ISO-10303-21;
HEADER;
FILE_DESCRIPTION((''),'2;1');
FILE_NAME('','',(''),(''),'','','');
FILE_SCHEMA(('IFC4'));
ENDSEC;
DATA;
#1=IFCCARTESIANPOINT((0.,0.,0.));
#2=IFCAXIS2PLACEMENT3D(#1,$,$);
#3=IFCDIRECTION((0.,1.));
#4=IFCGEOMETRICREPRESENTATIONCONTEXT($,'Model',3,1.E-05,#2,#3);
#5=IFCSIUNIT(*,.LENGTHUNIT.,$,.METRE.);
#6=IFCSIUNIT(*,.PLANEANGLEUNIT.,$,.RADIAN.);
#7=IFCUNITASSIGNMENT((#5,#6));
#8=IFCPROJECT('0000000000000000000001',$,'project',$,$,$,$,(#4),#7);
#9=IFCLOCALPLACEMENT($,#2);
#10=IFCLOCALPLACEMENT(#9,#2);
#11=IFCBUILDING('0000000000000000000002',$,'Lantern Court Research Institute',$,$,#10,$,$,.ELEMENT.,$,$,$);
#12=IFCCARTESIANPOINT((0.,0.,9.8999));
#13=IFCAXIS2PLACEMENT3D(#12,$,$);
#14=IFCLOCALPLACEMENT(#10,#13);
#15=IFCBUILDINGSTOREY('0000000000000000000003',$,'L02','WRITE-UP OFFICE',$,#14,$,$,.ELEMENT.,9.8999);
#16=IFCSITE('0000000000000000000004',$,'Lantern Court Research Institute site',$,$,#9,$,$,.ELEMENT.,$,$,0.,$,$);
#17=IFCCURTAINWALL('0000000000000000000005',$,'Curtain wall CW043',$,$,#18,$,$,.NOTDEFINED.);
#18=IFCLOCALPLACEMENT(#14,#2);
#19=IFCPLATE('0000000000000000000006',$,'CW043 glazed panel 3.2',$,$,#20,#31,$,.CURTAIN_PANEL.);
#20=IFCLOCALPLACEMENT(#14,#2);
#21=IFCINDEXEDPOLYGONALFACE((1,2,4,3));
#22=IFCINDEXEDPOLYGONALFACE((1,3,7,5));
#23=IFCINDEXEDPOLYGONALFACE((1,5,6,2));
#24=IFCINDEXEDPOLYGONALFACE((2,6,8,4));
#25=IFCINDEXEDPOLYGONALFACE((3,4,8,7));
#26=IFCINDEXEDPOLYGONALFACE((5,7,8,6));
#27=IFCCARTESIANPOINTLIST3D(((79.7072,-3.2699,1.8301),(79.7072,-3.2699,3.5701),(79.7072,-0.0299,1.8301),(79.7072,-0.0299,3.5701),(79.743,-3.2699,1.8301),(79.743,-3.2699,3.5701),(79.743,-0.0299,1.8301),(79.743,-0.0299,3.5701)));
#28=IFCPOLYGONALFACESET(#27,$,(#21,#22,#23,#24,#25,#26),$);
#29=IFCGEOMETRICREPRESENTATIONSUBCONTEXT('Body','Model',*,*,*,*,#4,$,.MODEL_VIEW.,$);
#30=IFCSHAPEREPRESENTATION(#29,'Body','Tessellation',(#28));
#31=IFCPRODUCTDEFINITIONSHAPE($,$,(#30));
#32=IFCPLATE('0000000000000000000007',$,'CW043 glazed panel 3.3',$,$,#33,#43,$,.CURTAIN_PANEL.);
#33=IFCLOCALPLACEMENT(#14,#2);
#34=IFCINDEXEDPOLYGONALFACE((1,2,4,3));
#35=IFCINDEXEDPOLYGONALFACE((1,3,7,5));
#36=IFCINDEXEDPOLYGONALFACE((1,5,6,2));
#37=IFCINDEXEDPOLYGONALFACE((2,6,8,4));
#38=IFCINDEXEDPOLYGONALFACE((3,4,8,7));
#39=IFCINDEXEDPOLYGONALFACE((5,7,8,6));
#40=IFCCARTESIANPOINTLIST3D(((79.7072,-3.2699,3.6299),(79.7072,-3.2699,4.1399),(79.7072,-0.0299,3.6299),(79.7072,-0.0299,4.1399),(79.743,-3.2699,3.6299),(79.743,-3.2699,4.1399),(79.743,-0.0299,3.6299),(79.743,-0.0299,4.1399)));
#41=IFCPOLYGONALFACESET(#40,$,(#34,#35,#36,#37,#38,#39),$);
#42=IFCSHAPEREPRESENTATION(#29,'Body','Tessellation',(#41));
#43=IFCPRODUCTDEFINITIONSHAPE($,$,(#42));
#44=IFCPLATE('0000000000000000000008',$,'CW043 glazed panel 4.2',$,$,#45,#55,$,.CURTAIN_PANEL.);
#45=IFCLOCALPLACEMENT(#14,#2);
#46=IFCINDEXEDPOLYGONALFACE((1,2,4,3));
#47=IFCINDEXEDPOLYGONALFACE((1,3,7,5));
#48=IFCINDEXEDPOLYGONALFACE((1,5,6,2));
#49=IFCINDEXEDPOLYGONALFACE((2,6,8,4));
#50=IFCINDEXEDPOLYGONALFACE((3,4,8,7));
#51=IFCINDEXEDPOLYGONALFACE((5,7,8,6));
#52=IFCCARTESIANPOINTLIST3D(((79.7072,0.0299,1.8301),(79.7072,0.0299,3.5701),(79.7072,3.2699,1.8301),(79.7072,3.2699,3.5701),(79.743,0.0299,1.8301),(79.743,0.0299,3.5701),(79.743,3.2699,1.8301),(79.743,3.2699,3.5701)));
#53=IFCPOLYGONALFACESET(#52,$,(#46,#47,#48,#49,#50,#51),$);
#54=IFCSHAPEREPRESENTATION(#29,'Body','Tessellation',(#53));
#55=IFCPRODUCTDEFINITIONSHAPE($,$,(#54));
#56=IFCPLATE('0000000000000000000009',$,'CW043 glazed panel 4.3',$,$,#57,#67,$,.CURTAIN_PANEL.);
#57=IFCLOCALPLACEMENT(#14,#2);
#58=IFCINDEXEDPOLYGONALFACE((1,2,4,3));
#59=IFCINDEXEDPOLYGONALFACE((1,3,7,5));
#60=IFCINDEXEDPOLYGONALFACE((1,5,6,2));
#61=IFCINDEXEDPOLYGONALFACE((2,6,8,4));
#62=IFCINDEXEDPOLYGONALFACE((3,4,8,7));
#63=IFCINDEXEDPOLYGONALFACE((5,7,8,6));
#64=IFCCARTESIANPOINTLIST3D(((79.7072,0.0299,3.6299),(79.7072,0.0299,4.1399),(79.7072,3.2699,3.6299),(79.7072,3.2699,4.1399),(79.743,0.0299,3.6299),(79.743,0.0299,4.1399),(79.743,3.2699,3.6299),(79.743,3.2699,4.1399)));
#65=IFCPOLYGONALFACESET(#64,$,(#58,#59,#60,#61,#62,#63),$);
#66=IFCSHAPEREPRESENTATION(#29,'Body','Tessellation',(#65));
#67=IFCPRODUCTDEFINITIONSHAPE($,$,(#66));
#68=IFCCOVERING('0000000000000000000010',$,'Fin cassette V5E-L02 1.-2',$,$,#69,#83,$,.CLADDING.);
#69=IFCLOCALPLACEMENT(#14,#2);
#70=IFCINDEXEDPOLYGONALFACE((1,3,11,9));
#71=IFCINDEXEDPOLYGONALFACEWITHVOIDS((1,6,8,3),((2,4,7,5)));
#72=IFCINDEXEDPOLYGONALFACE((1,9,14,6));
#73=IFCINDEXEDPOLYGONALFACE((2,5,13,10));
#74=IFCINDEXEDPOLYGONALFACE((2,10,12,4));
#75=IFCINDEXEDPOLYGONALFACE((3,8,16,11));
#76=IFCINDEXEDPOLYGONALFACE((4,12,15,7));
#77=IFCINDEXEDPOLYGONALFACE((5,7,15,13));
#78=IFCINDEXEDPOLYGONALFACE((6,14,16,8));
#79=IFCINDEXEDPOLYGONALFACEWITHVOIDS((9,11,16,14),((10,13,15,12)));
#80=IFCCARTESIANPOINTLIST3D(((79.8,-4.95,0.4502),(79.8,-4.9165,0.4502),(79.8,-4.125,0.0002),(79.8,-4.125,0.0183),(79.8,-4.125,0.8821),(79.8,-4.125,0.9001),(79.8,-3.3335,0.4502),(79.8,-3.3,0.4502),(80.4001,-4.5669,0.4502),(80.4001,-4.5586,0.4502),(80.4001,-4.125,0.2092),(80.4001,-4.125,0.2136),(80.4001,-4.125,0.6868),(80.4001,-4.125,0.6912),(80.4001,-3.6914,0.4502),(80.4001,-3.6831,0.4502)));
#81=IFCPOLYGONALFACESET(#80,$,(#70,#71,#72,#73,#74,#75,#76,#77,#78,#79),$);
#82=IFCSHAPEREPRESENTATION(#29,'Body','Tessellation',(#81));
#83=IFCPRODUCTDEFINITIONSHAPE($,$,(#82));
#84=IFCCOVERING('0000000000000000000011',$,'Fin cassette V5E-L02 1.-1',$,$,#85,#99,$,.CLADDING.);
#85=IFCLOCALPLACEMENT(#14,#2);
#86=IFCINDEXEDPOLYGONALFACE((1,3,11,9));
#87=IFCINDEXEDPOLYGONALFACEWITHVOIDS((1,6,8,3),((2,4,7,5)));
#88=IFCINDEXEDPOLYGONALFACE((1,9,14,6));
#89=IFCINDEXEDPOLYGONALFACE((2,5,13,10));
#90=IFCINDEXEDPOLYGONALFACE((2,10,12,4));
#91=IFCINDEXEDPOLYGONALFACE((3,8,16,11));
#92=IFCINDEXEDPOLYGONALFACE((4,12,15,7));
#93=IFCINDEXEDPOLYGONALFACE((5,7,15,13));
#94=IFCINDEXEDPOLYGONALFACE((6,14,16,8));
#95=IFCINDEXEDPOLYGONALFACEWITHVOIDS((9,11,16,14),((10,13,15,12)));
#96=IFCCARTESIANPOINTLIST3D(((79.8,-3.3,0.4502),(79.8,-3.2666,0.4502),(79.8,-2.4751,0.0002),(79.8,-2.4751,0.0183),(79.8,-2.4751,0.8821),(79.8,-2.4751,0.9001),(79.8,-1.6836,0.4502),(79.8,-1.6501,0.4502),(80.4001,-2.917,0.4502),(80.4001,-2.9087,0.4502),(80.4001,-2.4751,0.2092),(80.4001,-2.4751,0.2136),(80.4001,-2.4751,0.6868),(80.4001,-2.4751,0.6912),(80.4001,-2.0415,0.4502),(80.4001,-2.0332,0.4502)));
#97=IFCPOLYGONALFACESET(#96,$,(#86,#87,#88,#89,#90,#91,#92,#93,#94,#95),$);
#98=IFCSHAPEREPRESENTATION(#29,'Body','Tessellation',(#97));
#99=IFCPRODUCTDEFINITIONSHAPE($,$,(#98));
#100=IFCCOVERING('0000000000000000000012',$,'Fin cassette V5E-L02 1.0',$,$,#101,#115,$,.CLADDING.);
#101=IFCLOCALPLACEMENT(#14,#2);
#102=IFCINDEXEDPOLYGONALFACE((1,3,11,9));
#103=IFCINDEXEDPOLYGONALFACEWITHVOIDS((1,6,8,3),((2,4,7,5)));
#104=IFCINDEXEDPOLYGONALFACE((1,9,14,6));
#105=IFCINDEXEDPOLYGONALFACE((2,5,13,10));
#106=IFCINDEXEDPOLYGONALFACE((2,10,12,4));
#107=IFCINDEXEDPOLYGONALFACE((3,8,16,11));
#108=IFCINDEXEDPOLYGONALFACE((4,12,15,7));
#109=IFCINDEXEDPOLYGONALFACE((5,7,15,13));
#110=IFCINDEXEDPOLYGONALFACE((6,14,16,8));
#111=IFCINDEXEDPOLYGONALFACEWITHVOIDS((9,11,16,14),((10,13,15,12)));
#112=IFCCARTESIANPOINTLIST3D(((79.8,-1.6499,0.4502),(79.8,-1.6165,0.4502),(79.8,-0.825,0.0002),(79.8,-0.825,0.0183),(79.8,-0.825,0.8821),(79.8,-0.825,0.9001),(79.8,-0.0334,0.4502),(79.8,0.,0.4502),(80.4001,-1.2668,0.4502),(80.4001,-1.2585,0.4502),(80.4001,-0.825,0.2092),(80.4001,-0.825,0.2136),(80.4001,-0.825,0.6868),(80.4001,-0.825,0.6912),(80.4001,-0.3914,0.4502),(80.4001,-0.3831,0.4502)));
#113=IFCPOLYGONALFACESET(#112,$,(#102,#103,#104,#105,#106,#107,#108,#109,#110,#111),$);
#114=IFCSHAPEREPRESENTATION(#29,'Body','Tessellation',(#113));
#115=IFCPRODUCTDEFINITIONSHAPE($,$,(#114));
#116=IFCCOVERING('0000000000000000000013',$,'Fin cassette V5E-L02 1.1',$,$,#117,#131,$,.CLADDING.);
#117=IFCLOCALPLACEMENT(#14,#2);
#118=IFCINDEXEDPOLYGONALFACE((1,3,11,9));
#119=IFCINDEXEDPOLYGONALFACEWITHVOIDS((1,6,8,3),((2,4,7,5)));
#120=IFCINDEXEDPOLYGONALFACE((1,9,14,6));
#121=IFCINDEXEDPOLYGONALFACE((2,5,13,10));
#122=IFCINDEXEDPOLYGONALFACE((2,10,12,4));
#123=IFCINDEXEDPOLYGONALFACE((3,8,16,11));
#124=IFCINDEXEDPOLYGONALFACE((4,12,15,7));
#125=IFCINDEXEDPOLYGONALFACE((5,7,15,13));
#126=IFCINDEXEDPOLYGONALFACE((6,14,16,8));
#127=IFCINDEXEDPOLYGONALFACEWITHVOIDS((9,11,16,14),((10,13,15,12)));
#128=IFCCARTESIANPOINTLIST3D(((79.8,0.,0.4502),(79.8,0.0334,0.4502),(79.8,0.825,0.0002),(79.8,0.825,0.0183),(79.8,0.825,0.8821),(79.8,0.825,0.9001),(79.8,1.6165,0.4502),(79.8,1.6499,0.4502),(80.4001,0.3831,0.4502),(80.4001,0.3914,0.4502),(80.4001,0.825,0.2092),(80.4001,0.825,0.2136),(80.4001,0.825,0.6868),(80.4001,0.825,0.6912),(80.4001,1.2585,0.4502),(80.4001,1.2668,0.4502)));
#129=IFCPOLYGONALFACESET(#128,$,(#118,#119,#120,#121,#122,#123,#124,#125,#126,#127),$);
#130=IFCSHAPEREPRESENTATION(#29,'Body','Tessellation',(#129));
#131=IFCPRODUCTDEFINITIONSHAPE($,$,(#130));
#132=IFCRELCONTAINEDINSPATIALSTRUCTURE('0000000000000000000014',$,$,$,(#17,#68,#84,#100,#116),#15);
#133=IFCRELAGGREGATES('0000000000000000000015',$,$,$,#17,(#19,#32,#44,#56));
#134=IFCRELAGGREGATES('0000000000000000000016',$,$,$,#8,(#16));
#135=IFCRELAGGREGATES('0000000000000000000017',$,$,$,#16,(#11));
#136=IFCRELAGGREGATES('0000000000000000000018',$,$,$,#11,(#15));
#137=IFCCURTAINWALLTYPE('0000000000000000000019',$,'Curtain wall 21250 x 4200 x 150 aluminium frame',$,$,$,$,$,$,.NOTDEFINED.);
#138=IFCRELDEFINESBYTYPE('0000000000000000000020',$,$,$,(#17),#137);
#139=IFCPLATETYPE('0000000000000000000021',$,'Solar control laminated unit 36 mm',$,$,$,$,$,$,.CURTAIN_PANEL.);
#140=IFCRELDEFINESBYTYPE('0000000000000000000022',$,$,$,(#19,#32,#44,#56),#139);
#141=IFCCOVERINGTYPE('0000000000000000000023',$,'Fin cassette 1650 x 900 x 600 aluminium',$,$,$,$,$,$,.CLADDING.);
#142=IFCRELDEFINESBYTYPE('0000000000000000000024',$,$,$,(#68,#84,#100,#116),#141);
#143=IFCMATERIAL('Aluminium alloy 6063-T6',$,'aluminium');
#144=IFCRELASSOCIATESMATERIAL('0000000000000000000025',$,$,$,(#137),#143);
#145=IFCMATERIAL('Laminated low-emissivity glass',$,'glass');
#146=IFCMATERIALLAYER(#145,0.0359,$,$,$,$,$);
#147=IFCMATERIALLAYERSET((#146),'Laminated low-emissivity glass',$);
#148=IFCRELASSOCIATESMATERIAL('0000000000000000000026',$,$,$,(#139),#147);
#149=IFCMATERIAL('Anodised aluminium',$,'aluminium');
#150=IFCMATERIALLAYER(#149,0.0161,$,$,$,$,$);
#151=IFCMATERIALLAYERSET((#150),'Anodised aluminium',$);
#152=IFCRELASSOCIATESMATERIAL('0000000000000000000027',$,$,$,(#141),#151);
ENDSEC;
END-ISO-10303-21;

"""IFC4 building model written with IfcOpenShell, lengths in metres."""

from ifc_helpers import new_model, entity, si_unit, direction, frame, origin, origin_2d, place, context, subcontext, project, spatial, rectangle, extrude, material, layer, layer_set, type_object, element, aggregate, save


model = new_model("IFC4")

# Units and contexts
model_context = context("Model", 3, precision=1e-05, world=origin(), true_north=direction((0.0, 1.0)))
body_context = subcontext(model_context, "Body", "Model", "MODEL_VIEW")
ifc_project = project(units=[si_unit("LENGTHUNIT", "METRE"), si_unit("PLANEANGLEUNIT", "RADIAN")], contexts=[model_context])

# Site, building, storey
site_placement = place(None, origin())
site = spatial("IfcSite", under=ifc_project, at=site_placement, Name="Lantern Court Research Institute site", CompositionType="ELEMENT", RefElevation=0.0)
building_placement = place(site_placement, origin())
building = spatial("IfcBuilding", under=site, at=building_placement, Name="Lantern Court Research Institute", CompositionType="ELEMENT")
storey_placement = place(building_placement, frame((0.0, 0.0, 9.8999)))
storey = spatial("IfcBuildingStorey", under=building, at=storey_placement, Name="L02", Description="WRITE-UP OFFICE", CompositionType="ELEMENT", Elevation=9.8999)

# Curtain wall
ifc_material_1 = material(Name="Aluminium alloy 6063-T6", Category="aluminium")
curtain_wall_type = type_object("IfcCurtainWallType", Name="Curtain wall 21250 x 4200 x 150 aluminium frame", PredefinedType="NOTDEFINED", material=ifc_material_1)
curtain_wall_placement = place(storey_placement, origin())
curtain_wall = element("IfcCurtainWall", 1, at=curtain_wall_placement, inside=storey, type_object=curtain_wall_type, Name="Curtain wall CW043", PredefinedType="NOTDEFINED")

# Plates
ifc_material_2 = material(Name="Laminated low-emissivity glass", Category="glass")
ifc_layer_1 = layer(ifc_material_2, 0.0359)
ifc_layer_set_1 = layer_set([ifc_layer_1], Name="Laminated low-emissivity glass")
plate_type_1 = type_object("IfcPlateType", Name="Solar control laminated unit 36 mm", PredefinedType="CURTAIN_PANEL", material=ifc_layer_set_1)
plate_1_placement = place(storey_placement, frame((79.7251, -1.6499, 1.8301), z_axis=(0.0, 0.0, 1.0), x_axis=(0.0, -1.0, 0.0)))
plate_1 = element("IfcPlate", 2, at=plate_1_placement, type_object=plate_type_1, Name="CW043 glazed panel 3.2", PredefinedType="CURTAIN_PANEL", context=body_context, shape_type="SweptSolid", body=[
    extrude(rectangle(XDim=3.24, YDim=0.0359, at=origin_2d()), origin(), (0.0, 0.0, 1.0), 1.74),
])
plate_2_placement = place(storey_placement, frame((79.7251, -1.6499, 3.6299), z_axis=(0.0, 0.0, 1.0), x_axis=(0.0, -1.0, 0.0)))
plate_2 = element("IfcPlate", 3, at=plate_2_placement, type_object=plate_type_1, Name="CW043 glazed panel 3.3", PredefinedType="CURTAIN_PANEL", context=body_context, shape_type="SweptSolid", body=[
    extrude(rectangle(XDim=3.24, YDim=0.0359, at=origin_2d()), origin(), (0.0, 0.0, 1.0), 0.51),
])
plate_3_placement = place(storey_placement, frame((79.7251, 1.6499, 1.8301), z_axis=(0.0, 0.0, 1.0), x_axis=(0.0, -1.0, 0.0)))
plate_3 = element("IfcPlate", 4, at=plate_3_placement, type_object=plate_type_1, Name="CW043 glazed panel 4.2", PredefinedType="CURTAIN_PANEL", context=body_context, shape_type="SweptSolid", body=[
    extrude(rectangle(XDim=3.24, YDim=0.0359, at=origin_2d()), origin(), (0.0, 0.0, 1.0), 1.74),
])
plate_4_placement = place(storey_placement, frame((79.7251, 1.6499, 3.6299), z_axis=(0.0, 0.0, 1.0), x_axis=(0.0, -1.0, 0.0)))
plate_4 = element("IfcPlate", 5, at=plate_4_placement, type_object=plate_type_1, Name="CW043 glazed panel 4.3", PredefinedType="CURTAIN_PANEL", context=body_context, shape_type="SweptSolid", body=[
    extrude(rectangle(XDim=3.24, YDim=0.0359, at=origin_2d()), origin(), (0.0, 0.0, 1.0), 0.51),
])
aggregate(curtain_wall, [plate_1, plate_2, plate_3, plate_4])

# Coverings
ifc_material_3 = material(Name="Anodised aluminium", Category="aluminium")
ifc_layer_2 = layer(ifc_material_3, 0.0161)
ifc_layer_set_2 = layer_set([ifc_layer_2], Name="Anodised aluminium")
covering_type = type_object("IfcCoveringType", Name="Fin cassette 1650 x 900 x 600 aluminium", PredefinedType="CLADDING", material=ifc_layer_set_2)
covering_1_placement = place(storey_placement, frame((79.8, -4.125, 0.4502), z_axis=(1.0, 0.0, 0.0), x_axis=(0.0, 1.0, 0.0)))
cartesian_point_1 = entity("IfcCartesianPoint", [0.825, 0.0])
cartesian_point_2 = entity("IfcCartesianPoint", [0.7915, 0.0])
cartesian_point_3 = entity("IfcCartesianPoint", [0.4419, 0.0])
cartesian_point_4 = entity("IfcCartesianPoint", [0.4336, 0.0])
element("IfcCovering", 6, at=covering_1_placement, inside=storey, type_object=covering_type, Name="Fin cassette V5E-L02 1.-2", PredefinedType="CLADDING", context=body_context, shape_type="SweptSolid", body=[
    entity("IfcExtrudedAreaSolidTapered", entity("IfcArbitraryProfileDefWithVoids", "AREA", None, entity("IfcPolyline", [cartesian_point_1, entity("IfcCartesianPoint", [0.0, 0.45]), entity("IfcCartesianPoint", [-0.825, 0.0]), entity("IfcCartesianPoint", [0.0, -0.45]), cartesian_point_1]), [entity("IfcPolyline", [cartesian_point_2, entity("IfcCartesianPoint", [0.0, 0.4319]), entity("IfcCartesianPoint", [-0.7915, 0.0]), entity("IfcCartesianPoint", [0.0, -0.4319]), cartesian_point_2])]), entity("IfcAxis2Placement3D", entity("IfcCartesianPoint", [0.0, 0.0, 0.0])), entity("IfcDirection", [0.0, 0.0, 1.0]), 0.6001, entity("IfcArbitraryProfileDefWithVoids", "AREA", None, entity("IfcPolyline", [cartesian_point_3, entity("IfcCartesianPoint", [0.0, 0.241]), entity("IfcCartesianPoint", [-0.4419, 0.0]), entity("IfcCartesianPoint", [0.0, -0.241]), cartesian_point_3]), [entity("IfcPolyline", [cartesian_point_4, entity("IfcCartesianPoint", [0.0, 0.2366]), entity("IfcCartesianPoint", [-0.4336, 0.0]), entity("IfcCartesianPoint", [0.0, -0.2366]), cartesian_point_4])])),
])
covering_2_placement = place(storey_placement, frame((79.8, -2.4751, 0.4502), z_axis=(1.0, 0.0, 0.0), x_axis=(0.0, 1.0, 0.0)))
cartesian_point_5 = entity("IfcCartesianPoint", [0.825, 0.0])
cartesian_point_6 = entity("IfcCartesianPoint", [0.7915, 0.0])
cartesian_point_7 = entity("IfcCartesianPoint", [0.4419, 0.0])
cartesian_point_8 = entity("IfcCartesianPoint", [0.4336, 0.0])
element("IfcCovering", 7, at=covering_2_placement, inside=storey, type_object=covering_type, Name="Fin cassette V5E-L02 1.-1", PredefinedType="CLADDING", context=body_context, shape_type="SweptSolid", body=[
    entity("IfcExtrudedAreaSolidTapered", entity("IfcArbitraryProfileDefWithVoids", "AREA", None, entity("IfcPolyline", [cartesian_point_5, entity("IfcCartesianPoint", [0.0, 0.45]), entity("IfcCartesianPoint", [-0.825, 0.0]), entity("IfcCartesianPoint", [0.0, -0.45]), cartesian_point_5]), [entity("IfcPolyline", [cartesian_point_6, entity("IfcCartesianPoint", [0.0, 0.4319]), entity("IfcCartesianPoint", [-0.7915, 0.0]), entity("IfcCartesianPoint", [0.0, -0.4319]), cartesian_point_6])]), entity("IfcAxis2Placement3D", entity("IfcCartesianPoint", [0.0, 0.0, 0.0])), entity("IfcDirection", [0.0, 0.0, 1.0]), 0.6001, entity("IfcArbitraryProfileDefWithVoids", "AREA", None, entity("IfcPolyline", [cartesian_point_7, entity("IfcCartesianPoint", [0.0, 0.241]), entity("IfcCartesianPoint", [-0.4419, 0.0]), entity("IfcCartesianPoint", [0.0, -0.241]), cartesian_point_7]), [entity("IfcPolyline", [cartesian_point_8, entity("IfcCartesianPoint", [0.0, 0.2366]), entity("IfcCartesianPoint", [-0.4336, 0.0]), entity("IfcCartesianPoint", [0.0, -0.2366]), cartesian_point_8])])),
])
covering_3_placement = place(storey_placement, frame((79.8, -0.825, 0.4502), z_axis=(1.0, 0.0, 0.0), x_axis=(0.0, 1.0, 0.0)))
cartesian_point_9 = entity("IfcCartesianPoint", [0.825, 0.0])
cartesian_point_10 = entity("IfcCartesianPoint", [0.7915, 0.0])
cartesian_point_11 = entity("IfcCartesianPoint", [0.4419, 0.0])
cartesian_point_12 = entity("IfcCartesianPoint", [0.4336, 0.0])
element("IfcCovering", 8, at=covering_3_placement, inside=storey, type_object=covering_type, Name="Fin cassette V5E-L02 1.0", PredefinedType="CLADDING", context=body_context, shape_type="SweptSolid", body=[
    entity("IfcExtrudedAreaSolidTapered", entity("IfcArbitraryProfileDefWithVoids", "AREA", None, entity("IfcPolyline", [cartesian_point_9, entity("IfcCartesianPoint", [0.0, 0.45]), entity("IfcCartesianPoint", [-0.825, 0.0]), entity("IfcCartesianPoint", [0.0, -0.45]), cartesian_point_9]), [entity("IfcPolyline", [cartesian_point_10, entity("IfcCartesianPoint", [0.0, 0.4319]), entity("IfcCartesianPoint", [-0.7915, 0.0]), entity("IfcCartesianPoint", [0.0, -0.4319]), cartesian_point_10])]), entity("IfcAxis2Placement3D", entity("IfcCartesianPoint", [0.0, 0.0, 0.0])), entity("IfcDirection", [0.0, 0.0, 1.0]), 0.6001, entity("IfcArbitraryProfileDefWithVoids", "AREA", None, entity("IfcPolyline", [cartesian_point_11, entity("IfcCartesianPoint", [0.0, 0.241]), entity("IfcCartesianPoint", [-0.4419, 0.0]), entity("IfcCartesianPoint", [0.0, -0.241]), cartesian_point_11]), [entity("IfcPolyline", [cartesian_point_12, entity("IfcCartesianPoint", [0.0, 0.2366]), entity("IfcCartesianPoint", [-0.4336, 0.0]), entity("IfcCartesianPoint", [0.0, -0.2366]), cartesian_point_12])])),
])
covering_4_placement = place(storey_placement, frame((79.8, 0.825, 0.4502), z_axis=(1.0, 0.0, 0.0), x_axis=(0.0, 1.0, 0.0)))
cartesian_point_13 = entity("IfcCartesianPoint", [0.825, 0.0])
cartesian_point_14 = entity("IfcCartesianPoint", [0.7915, 0.0])
cartesian_point_15 = entity("IfcCartesianPoint", [0.4419, 0.0])
cartesian_point_16 = entity("IfcCartesianPoint", [0.4336, 0.0])
element("IfcCovering", 9, at=covering_4_placement, inside=storey, type_object=covering_type, Name="Fin cassette V5E-L02 1.1", PredefinedType="CLADDING", context=body_context, shape_type="SweptSolid", body=[
    entity("IfcExtrudedAreaSolidTapered", entity("IfcArbitraryProfileDefWithVoids", "AREA", None, entity("IfcPolyline", [cartesian_point_13, entity("IfcCartesianPoint", [0.0, 0.45]), entity("IfcCartesianPoint", [-0.825, 0.0]), entity("IfcCartesianPoint", [0.0, -0.45]), cartesian_point_13]), [entity("IfcPolyline", [cartesian_point_14, entity("IfcCartesianPoint", [0.0, 0.4319]), entity("IfcCartesianPoint", [-0.7915, 0.0]), entity("IfcCartesianPoint", [0.0, -0.4319]), cartesian_point_14])]), entity("IfcAxis2Placement3D", entity("IfcCartesianPoint", [0.0, 0.0, 0.0])), entity("IfcDirection", [0.0, 0.0, 1.0]), 0.6001, entity("IfcArbitraryProfileDefWithVoids", "AREA", None, entity("IfcPolyline", [cartesian_point_15, entity("IfcCartesianPoint", [0.0, 0.241]), entity("IfcCartesianPoint", [-0.4419, 0.0]), entity("IfcCartesianPoint", [0.0, -0.241]), cartesian_point_15]), [entity("IfcPolyline", [cartesian_point_16, entity("IfcCartesianPoint", [0.0, 0.2366]), entity("IfcCartesianPoint", [-0.4336, 0.0]), entity("IfcCartesianPoint", [0.0, -0.2366]), cartesian_point_16])])),
])

save(model, "model.ifc")
